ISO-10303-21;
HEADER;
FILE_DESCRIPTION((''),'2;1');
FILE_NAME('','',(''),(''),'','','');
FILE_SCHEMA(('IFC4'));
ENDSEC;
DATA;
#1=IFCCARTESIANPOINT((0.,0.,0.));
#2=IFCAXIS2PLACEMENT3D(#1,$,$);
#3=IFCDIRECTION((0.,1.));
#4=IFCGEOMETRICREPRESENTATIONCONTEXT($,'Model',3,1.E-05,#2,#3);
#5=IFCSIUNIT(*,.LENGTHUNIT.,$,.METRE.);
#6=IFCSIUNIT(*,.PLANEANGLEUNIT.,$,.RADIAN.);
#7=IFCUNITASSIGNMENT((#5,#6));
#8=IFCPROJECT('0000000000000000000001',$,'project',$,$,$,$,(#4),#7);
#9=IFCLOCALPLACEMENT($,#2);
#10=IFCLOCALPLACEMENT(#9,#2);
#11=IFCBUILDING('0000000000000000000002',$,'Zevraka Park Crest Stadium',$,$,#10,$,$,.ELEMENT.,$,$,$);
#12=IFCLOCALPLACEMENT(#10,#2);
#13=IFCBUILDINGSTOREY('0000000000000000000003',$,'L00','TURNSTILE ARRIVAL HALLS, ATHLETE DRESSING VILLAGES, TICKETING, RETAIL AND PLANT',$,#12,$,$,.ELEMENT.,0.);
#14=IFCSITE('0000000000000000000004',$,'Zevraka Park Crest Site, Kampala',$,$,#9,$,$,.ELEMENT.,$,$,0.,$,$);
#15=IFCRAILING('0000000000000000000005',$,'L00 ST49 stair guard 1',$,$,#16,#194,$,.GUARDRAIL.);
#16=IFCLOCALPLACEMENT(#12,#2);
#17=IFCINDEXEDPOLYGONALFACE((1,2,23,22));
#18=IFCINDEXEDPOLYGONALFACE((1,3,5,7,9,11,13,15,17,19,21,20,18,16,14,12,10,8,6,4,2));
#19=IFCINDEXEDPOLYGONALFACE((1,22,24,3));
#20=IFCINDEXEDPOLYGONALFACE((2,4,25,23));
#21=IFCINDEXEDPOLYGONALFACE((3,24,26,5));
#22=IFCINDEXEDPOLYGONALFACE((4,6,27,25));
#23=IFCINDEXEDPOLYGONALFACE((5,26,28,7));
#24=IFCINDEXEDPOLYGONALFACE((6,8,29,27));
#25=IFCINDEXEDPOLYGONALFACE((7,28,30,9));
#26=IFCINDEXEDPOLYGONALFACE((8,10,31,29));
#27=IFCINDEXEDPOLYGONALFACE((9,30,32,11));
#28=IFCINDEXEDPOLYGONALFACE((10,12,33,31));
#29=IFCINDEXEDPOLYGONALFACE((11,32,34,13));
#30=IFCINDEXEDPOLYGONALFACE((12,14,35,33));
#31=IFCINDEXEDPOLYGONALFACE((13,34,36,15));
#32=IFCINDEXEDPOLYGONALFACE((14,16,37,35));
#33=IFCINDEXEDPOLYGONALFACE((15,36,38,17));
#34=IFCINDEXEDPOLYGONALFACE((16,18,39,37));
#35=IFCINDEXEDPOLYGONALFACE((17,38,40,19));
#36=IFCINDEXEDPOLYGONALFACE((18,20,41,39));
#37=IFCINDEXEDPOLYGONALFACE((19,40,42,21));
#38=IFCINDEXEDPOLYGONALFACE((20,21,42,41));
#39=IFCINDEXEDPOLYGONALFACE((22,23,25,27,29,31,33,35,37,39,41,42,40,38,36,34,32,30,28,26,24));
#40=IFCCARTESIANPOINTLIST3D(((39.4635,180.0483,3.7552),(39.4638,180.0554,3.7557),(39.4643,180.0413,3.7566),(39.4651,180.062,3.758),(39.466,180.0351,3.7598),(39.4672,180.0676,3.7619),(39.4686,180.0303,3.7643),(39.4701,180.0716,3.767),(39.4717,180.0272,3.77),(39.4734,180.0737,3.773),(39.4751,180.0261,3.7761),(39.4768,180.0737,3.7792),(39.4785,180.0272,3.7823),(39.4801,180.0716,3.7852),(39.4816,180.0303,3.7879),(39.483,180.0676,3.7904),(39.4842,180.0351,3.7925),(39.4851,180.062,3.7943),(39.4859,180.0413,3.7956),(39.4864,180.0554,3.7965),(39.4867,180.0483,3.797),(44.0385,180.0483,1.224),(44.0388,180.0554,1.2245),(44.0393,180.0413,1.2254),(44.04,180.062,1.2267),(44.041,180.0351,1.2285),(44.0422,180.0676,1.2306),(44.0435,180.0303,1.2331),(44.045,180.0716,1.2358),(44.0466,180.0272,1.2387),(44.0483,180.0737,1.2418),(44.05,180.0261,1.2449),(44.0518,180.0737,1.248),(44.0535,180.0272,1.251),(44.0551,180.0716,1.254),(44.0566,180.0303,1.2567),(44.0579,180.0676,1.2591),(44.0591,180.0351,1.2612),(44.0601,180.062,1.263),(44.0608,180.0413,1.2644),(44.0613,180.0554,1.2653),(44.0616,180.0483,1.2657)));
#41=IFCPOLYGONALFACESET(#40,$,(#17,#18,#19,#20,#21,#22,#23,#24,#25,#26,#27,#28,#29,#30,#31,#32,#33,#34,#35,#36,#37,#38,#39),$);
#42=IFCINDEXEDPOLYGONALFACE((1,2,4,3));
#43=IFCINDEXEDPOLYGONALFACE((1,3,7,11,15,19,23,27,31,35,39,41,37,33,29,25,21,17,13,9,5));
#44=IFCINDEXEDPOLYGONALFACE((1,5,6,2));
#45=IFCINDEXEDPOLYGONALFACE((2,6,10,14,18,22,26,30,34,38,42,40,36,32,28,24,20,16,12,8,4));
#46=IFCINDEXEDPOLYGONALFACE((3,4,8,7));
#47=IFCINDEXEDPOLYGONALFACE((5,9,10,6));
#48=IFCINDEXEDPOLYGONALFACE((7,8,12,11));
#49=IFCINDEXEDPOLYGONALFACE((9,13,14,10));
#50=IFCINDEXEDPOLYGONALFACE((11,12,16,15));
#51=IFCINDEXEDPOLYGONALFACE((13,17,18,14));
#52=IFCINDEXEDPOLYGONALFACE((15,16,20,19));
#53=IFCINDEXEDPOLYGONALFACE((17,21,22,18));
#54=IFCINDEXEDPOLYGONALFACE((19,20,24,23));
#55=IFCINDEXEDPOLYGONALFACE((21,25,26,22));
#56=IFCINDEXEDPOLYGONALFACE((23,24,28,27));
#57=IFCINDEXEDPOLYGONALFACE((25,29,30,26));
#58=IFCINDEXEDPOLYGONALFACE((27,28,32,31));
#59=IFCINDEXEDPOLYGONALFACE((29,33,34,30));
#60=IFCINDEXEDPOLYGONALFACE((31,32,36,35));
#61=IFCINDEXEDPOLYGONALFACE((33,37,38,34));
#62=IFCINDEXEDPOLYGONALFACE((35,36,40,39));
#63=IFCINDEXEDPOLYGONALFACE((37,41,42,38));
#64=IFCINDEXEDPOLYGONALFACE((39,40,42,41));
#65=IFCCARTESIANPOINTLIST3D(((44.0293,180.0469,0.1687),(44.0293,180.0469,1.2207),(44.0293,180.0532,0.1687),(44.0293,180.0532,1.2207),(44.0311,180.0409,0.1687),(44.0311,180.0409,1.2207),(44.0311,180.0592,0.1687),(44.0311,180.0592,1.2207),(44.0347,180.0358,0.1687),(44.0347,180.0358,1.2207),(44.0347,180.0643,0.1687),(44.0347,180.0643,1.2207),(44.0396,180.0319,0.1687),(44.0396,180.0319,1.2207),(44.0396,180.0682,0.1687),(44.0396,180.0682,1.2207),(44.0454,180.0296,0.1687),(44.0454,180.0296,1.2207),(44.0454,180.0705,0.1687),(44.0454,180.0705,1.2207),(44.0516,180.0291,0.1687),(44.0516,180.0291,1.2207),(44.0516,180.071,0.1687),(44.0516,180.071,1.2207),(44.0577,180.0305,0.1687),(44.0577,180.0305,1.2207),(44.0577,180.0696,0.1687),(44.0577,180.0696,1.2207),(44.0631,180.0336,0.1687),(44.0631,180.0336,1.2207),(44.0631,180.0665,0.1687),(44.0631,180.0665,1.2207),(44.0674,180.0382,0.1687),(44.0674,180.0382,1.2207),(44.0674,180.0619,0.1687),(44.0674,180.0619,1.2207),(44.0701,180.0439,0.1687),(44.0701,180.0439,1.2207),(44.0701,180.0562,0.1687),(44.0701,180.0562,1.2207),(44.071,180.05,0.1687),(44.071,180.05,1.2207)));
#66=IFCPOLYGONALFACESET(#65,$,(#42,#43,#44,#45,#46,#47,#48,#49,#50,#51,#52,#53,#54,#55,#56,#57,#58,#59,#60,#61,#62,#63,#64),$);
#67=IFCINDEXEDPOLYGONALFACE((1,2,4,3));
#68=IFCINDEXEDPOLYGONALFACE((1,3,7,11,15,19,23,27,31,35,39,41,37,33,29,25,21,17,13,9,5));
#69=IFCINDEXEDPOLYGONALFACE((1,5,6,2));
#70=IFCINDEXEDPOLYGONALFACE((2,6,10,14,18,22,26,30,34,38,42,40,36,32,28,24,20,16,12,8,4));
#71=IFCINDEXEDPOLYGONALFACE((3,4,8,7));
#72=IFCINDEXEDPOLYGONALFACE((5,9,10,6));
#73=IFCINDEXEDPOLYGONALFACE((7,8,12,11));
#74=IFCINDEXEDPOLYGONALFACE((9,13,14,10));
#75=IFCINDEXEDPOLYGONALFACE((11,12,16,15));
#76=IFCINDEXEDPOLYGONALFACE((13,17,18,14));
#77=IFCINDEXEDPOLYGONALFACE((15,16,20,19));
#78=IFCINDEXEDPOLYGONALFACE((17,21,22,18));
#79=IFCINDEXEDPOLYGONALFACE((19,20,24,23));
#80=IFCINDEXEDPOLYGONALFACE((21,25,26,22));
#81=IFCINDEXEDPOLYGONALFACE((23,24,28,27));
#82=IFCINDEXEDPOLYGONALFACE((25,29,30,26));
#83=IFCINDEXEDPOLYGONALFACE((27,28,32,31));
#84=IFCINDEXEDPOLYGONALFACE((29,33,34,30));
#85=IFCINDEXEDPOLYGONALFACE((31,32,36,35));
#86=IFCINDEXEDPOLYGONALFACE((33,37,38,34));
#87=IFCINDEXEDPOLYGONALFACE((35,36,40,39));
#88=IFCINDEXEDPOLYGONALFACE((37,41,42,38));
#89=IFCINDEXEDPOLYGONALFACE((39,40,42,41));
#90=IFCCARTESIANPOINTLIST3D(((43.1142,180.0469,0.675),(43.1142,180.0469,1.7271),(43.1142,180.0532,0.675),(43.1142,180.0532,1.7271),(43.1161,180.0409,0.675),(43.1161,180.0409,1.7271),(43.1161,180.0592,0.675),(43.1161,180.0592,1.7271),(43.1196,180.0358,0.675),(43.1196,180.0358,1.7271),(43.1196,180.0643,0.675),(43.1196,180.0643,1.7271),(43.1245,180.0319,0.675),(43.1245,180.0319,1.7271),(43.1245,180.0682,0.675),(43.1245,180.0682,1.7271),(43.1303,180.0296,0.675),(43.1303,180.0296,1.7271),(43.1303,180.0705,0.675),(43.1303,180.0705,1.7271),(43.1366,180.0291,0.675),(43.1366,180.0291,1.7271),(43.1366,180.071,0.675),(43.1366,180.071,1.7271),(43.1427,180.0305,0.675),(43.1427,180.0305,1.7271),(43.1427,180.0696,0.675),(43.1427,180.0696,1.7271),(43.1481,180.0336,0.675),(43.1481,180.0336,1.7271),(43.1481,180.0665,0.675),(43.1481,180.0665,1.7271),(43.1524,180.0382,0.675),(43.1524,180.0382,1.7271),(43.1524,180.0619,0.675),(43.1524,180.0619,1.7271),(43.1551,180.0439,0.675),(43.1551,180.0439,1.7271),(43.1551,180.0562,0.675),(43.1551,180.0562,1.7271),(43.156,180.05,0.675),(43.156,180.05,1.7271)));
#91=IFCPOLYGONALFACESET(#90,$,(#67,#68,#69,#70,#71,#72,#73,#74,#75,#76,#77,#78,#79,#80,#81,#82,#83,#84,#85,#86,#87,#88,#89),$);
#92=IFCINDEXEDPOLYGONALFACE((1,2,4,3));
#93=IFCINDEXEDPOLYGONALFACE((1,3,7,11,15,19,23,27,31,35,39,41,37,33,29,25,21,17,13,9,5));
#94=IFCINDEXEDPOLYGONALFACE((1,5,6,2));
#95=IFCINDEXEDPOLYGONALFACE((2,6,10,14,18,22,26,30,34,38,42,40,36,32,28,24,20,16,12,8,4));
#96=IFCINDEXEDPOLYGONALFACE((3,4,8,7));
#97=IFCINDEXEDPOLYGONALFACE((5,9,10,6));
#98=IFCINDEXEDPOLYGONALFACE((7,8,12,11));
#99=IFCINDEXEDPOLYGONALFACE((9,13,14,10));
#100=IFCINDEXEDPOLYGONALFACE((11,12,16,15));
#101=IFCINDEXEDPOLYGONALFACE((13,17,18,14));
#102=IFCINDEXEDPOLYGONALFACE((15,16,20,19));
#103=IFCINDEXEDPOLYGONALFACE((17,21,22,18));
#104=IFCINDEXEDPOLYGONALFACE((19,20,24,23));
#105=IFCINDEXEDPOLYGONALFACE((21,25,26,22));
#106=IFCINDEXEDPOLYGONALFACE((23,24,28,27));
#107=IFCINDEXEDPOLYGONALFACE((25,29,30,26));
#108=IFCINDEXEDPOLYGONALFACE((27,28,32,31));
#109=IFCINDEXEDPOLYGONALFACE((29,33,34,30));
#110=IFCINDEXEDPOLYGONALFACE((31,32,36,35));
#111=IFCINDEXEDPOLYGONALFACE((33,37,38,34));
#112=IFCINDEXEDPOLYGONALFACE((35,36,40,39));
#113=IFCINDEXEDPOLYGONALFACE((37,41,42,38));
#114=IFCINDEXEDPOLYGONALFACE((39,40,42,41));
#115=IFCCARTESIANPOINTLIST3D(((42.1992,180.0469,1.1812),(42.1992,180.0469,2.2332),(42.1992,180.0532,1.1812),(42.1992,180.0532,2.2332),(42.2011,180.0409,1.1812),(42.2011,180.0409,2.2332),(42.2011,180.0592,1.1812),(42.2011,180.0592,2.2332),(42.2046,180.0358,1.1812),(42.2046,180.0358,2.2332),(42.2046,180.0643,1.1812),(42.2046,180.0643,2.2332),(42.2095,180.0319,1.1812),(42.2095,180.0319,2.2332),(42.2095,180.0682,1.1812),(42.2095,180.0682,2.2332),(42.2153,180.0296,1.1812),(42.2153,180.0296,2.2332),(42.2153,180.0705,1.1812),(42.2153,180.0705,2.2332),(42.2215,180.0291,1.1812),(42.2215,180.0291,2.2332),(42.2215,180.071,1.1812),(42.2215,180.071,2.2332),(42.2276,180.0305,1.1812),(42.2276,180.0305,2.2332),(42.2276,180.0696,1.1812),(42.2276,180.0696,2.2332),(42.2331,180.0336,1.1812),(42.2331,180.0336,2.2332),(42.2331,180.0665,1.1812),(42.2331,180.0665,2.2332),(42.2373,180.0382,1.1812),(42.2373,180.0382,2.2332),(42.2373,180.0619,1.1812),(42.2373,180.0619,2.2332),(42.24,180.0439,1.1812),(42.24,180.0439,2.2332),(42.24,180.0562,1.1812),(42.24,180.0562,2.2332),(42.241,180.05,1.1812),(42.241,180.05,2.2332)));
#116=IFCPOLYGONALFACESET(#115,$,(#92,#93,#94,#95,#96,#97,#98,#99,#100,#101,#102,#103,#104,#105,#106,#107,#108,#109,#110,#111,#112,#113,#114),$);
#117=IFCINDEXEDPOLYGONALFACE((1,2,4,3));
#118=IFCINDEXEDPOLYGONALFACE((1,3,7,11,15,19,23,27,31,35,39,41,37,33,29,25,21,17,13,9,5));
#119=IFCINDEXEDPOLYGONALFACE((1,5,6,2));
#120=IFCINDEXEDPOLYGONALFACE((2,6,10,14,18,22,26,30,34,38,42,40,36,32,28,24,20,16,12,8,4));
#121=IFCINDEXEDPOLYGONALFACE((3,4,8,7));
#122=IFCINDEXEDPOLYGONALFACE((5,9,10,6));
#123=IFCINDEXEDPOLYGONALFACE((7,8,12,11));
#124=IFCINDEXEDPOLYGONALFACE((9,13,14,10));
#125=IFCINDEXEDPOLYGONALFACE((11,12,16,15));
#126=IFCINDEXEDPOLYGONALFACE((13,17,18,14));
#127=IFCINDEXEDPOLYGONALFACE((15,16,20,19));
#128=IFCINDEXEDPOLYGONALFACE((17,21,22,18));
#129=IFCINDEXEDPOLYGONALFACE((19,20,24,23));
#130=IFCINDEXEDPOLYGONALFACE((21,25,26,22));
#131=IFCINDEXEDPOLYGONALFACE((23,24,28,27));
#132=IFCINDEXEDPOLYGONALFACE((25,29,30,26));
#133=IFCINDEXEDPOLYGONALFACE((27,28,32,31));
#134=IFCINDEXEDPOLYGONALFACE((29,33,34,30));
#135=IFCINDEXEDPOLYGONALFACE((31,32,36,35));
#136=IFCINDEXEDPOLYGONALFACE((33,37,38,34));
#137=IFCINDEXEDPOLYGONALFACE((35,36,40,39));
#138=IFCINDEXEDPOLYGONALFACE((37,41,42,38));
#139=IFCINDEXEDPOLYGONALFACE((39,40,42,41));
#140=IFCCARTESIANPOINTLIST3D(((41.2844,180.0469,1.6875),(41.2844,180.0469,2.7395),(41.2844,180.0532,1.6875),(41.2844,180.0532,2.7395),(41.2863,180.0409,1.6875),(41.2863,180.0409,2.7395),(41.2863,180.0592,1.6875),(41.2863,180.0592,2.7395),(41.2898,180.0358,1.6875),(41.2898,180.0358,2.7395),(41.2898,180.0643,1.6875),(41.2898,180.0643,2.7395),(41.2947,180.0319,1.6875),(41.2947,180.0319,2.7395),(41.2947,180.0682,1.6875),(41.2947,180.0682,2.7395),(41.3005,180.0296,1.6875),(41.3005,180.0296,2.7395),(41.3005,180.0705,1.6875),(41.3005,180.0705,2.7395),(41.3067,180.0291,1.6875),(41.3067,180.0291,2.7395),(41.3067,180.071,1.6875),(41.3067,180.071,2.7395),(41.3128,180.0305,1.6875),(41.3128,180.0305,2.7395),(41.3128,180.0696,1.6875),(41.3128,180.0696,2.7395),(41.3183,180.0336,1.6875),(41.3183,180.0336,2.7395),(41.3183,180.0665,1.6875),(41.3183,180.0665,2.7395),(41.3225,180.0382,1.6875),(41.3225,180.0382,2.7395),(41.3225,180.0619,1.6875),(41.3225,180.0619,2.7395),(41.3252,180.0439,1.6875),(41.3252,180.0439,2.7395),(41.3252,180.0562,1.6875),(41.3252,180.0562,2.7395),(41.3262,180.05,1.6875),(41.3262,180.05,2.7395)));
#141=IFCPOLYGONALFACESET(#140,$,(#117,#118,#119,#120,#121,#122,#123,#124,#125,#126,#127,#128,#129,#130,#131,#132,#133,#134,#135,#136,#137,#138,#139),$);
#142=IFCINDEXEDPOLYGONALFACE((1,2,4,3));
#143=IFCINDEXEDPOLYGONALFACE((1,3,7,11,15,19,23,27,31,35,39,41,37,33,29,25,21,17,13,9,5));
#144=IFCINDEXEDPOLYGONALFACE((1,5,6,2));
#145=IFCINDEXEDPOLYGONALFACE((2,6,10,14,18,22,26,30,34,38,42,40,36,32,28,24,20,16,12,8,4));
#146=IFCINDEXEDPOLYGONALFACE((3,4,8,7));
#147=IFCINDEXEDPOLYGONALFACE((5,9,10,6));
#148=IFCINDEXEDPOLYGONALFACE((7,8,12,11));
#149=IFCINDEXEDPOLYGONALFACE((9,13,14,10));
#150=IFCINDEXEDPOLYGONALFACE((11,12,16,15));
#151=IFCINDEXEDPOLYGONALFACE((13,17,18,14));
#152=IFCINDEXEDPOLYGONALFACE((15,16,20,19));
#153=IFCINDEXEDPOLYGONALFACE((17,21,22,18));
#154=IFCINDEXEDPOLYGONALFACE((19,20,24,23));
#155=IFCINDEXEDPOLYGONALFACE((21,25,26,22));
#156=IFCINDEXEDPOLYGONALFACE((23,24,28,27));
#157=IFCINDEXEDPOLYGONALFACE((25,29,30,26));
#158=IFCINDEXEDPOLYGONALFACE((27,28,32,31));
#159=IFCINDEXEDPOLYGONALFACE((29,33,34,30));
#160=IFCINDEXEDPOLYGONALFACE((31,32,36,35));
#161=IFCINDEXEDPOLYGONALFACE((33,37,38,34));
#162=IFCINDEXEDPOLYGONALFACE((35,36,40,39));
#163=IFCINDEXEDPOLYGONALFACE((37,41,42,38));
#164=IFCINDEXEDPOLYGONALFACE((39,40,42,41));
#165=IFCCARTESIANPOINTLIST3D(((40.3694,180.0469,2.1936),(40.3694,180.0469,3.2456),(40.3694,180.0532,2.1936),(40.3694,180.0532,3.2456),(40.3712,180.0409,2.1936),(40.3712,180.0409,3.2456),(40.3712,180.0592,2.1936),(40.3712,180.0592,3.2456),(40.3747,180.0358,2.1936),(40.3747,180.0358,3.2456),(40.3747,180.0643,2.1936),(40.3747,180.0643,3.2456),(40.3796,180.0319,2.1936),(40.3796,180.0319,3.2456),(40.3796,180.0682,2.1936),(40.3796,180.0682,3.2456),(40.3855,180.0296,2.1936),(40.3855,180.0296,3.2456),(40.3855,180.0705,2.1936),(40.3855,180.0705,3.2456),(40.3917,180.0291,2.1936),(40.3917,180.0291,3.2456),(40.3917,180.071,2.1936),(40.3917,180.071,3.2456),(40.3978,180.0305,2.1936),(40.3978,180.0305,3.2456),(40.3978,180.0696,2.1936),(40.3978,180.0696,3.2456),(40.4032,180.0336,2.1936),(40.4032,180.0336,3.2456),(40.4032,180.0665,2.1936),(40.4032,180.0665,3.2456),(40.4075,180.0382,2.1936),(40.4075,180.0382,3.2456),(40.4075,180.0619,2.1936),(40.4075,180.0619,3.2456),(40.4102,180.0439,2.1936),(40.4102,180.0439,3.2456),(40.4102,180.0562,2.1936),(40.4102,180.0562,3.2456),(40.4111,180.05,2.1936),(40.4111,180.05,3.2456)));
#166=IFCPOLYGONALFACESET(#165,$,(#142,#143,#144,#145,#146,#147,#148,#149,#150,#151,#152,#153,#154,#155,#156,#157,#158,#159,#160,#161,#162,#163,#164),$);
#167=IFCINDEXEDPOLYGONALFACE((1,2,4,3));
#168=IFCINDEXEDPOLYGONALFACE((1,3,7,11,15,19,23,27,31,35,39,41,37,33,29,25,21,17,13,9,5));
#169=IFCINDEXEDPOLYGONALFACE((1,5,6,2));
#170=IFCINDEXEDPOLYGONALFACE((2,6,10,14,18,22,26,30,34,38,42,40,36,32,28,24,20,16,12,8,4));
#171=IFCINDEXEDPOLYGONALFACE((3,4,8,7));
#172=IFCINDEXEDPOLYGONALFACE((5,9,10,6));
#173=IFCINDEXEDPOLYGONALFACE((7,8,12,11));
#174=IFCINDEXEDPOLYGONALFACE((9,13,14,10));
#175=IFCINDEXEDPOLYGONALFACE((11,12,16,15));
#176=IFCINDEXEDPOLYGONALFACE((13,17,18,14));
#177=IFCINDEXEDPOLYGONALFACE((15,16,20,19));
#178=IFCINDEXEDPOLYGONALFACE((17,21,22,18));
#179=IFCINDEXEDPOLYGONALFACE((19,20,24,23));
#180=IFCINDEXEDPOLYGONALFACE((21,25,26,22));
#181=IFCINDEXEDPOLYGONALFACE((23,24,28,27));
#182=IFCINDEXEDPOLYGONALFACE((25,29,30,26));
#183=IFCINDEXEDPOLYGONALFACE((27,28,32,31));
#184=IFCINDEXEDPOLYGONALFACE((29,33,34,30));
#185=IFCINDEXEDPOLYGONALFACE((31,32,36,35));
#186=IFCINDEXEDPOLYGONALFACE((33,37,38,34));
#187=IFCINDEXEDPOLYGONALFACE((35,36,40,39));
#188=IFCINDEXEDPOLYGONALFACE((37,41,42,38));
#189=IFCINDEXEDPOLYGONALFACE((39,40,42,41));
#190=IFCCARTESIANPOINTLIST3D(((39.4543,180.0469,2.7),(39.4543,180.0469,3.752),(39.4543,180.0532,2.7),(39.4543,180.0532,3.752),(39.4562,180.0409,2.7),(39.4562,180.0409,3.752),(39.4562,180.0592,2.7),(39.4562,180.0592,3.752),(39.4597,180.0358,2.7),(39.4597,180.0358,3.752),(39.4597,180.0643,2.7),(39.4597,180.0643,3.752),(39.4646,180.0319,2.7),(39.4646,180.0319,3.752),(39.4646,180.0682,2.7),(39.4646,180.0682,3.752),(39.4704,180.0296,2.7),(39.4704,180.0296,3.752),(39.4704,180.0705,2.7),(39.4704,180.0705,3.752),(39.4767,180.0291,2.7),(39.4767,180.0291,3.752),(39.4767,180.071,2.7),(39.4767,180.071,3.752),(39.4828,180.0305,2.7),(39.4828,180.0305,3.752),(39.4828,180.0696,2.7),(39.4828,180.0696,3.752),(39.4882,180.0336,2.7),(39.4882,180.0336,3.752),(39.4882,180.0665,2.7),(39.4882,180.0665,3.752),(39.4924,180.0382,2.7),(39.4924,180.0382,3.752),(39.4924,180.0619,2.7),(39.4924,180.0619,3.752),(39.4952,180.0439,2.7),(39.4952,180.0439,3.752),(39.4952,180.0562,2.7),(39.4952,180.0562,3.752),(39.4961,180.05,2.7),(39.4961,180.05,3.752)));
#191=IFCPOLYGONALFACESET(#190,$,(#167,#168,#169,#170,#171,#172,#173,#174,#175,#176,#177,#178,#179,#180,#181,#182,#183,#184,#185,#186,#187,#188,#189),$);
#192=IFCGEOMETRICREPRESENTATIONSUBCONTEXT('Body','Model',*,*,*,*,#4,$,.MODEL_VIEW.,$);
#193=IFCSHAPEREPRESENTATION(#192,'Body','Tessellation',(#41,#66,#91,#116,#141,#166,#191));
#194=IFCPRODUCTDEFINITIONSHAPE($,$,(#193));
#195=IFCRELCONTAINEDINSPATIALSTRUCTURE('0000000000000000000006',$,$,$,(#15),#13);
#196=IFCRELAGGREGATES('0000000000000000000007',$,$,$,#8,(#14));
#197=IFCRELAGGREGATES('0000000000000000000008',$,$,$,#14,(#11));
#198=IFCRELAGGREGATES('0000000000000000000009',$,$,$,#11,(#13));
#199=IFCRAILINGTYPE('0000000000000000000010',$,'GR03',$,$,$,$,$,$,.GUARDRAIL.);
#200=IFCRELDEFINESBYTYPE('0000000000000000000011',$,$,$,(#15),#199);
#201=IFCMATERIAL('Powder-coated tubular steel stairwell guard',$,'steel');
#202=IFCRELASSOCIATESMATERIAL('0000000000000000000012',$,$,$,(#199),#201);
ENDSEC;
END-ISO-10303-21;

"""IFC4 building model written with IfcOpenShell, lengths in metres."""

from ifc_helpers import new_model, si_unit, direction, frame, origin, origin_2d, place, context, subcontext, project, spatial, circle, extrude, material, type_object, element, save


model = new_model("IFC4")

# Units and contexts
model_context = context("Model", 3, precision=1e-05, world=origin(), true_north=direction((0.0, 1.0)))
body_context = subcontext(model_context, "Body", "Model", "MODEL_VIEW")
ifc_project = project(units=[si_unit("LENGTHUNIT", "METRE"), si_unit("PLANEANGLEUNIT", "RADIAN")], contexts=[model_context])

# Site, building, storey
site_placement = place(None, origin())
site = spatial("IfcSite", under=ifc_project, at=site_placement, Name="Zevraka Park Crest Site, Kampala", CompositionType="ELEMENT", RefElevation=0.0)
building_placement = place(site_placement, origin())
building = spatial("IfcBuilding", under=site, at=building_placement, Name="Zevraka Park Crest Stadium", CompositionType="ELEMENT")
storey_placement = place(building_placement, origin())
storey = spatial("IfcBuildingStorey", under=building, at=storey_placement, Name="L00", Description="TURNSTILE ARRIVAL HALLS, ATHLETE DRESSING VILLAGES, TICKETING, RETAIL AND PLANT", CompositionType="ELEMENT", Elevation=0.0)

# Railing
ifc_material_1 = material(Name="Powder-coated tubular steel stairwell guard", Category="steel")
railing_type_1 = type_object("IfcRailingType", Name="GR03", PredefinedType="GUARDRAIL", material=ifc_material_1)
railing_1_placement = place(storey_placement, frame((44.05, 180.05, 0.1687)))
element("IfcRailing", 1, at=railing_1_placement, inside=storey, type_object=railing_type_1, Name="L00 ST49 stair guard 1", PredefinedType="GUARDRAIL", context=body_context, shape_type="SweptSolid", body=[
    extrude(circle(Radius=0.0239, at=origin_2d()), frame((0.0, 0.0, 1.0762), z_axis=(-0.875, 0.0, 0.484124), x_axis=(0.0, -1.0, 0.0)), (0.0, 0.0, 1.0), 5.2285),
    extrude(circle(Radius=0.021, at=origin_2d()), origin(), (0.0, 0.0, 1.0), 1.052),
    extrude(circle(Radius=0.021, at=origin_2d()), frame((-0.915, 0.0, 0.5063)), (0.0, 0.0, 1.0), 1.052),
    extrude(circle(Radius=0.021, at=origin_2d()), frame((-1.8301, 0.0, 1.0125)), (0.0, 0.0, 1.0), 1.052),
    extrude(circle(Radius=0.021, at=origin_2d()), frame((-2.7449, 0.0, 1.5188)), (0.0, 0.0, 1.0), 1.052),
    extrude(circle(Radius=0.021, at=origin_2d()), frame((-3.6599, 0.0, 2.0249)), (0.0, 0.0, 1.0), 1.052),
    extrude(circle(Radius=0.021, at=origin_2d()), frame((-4.575, 0.0, 2.5312)), (0.0, 0.0, 1.0), 1.052),
])

save(model, "model.ifc")
